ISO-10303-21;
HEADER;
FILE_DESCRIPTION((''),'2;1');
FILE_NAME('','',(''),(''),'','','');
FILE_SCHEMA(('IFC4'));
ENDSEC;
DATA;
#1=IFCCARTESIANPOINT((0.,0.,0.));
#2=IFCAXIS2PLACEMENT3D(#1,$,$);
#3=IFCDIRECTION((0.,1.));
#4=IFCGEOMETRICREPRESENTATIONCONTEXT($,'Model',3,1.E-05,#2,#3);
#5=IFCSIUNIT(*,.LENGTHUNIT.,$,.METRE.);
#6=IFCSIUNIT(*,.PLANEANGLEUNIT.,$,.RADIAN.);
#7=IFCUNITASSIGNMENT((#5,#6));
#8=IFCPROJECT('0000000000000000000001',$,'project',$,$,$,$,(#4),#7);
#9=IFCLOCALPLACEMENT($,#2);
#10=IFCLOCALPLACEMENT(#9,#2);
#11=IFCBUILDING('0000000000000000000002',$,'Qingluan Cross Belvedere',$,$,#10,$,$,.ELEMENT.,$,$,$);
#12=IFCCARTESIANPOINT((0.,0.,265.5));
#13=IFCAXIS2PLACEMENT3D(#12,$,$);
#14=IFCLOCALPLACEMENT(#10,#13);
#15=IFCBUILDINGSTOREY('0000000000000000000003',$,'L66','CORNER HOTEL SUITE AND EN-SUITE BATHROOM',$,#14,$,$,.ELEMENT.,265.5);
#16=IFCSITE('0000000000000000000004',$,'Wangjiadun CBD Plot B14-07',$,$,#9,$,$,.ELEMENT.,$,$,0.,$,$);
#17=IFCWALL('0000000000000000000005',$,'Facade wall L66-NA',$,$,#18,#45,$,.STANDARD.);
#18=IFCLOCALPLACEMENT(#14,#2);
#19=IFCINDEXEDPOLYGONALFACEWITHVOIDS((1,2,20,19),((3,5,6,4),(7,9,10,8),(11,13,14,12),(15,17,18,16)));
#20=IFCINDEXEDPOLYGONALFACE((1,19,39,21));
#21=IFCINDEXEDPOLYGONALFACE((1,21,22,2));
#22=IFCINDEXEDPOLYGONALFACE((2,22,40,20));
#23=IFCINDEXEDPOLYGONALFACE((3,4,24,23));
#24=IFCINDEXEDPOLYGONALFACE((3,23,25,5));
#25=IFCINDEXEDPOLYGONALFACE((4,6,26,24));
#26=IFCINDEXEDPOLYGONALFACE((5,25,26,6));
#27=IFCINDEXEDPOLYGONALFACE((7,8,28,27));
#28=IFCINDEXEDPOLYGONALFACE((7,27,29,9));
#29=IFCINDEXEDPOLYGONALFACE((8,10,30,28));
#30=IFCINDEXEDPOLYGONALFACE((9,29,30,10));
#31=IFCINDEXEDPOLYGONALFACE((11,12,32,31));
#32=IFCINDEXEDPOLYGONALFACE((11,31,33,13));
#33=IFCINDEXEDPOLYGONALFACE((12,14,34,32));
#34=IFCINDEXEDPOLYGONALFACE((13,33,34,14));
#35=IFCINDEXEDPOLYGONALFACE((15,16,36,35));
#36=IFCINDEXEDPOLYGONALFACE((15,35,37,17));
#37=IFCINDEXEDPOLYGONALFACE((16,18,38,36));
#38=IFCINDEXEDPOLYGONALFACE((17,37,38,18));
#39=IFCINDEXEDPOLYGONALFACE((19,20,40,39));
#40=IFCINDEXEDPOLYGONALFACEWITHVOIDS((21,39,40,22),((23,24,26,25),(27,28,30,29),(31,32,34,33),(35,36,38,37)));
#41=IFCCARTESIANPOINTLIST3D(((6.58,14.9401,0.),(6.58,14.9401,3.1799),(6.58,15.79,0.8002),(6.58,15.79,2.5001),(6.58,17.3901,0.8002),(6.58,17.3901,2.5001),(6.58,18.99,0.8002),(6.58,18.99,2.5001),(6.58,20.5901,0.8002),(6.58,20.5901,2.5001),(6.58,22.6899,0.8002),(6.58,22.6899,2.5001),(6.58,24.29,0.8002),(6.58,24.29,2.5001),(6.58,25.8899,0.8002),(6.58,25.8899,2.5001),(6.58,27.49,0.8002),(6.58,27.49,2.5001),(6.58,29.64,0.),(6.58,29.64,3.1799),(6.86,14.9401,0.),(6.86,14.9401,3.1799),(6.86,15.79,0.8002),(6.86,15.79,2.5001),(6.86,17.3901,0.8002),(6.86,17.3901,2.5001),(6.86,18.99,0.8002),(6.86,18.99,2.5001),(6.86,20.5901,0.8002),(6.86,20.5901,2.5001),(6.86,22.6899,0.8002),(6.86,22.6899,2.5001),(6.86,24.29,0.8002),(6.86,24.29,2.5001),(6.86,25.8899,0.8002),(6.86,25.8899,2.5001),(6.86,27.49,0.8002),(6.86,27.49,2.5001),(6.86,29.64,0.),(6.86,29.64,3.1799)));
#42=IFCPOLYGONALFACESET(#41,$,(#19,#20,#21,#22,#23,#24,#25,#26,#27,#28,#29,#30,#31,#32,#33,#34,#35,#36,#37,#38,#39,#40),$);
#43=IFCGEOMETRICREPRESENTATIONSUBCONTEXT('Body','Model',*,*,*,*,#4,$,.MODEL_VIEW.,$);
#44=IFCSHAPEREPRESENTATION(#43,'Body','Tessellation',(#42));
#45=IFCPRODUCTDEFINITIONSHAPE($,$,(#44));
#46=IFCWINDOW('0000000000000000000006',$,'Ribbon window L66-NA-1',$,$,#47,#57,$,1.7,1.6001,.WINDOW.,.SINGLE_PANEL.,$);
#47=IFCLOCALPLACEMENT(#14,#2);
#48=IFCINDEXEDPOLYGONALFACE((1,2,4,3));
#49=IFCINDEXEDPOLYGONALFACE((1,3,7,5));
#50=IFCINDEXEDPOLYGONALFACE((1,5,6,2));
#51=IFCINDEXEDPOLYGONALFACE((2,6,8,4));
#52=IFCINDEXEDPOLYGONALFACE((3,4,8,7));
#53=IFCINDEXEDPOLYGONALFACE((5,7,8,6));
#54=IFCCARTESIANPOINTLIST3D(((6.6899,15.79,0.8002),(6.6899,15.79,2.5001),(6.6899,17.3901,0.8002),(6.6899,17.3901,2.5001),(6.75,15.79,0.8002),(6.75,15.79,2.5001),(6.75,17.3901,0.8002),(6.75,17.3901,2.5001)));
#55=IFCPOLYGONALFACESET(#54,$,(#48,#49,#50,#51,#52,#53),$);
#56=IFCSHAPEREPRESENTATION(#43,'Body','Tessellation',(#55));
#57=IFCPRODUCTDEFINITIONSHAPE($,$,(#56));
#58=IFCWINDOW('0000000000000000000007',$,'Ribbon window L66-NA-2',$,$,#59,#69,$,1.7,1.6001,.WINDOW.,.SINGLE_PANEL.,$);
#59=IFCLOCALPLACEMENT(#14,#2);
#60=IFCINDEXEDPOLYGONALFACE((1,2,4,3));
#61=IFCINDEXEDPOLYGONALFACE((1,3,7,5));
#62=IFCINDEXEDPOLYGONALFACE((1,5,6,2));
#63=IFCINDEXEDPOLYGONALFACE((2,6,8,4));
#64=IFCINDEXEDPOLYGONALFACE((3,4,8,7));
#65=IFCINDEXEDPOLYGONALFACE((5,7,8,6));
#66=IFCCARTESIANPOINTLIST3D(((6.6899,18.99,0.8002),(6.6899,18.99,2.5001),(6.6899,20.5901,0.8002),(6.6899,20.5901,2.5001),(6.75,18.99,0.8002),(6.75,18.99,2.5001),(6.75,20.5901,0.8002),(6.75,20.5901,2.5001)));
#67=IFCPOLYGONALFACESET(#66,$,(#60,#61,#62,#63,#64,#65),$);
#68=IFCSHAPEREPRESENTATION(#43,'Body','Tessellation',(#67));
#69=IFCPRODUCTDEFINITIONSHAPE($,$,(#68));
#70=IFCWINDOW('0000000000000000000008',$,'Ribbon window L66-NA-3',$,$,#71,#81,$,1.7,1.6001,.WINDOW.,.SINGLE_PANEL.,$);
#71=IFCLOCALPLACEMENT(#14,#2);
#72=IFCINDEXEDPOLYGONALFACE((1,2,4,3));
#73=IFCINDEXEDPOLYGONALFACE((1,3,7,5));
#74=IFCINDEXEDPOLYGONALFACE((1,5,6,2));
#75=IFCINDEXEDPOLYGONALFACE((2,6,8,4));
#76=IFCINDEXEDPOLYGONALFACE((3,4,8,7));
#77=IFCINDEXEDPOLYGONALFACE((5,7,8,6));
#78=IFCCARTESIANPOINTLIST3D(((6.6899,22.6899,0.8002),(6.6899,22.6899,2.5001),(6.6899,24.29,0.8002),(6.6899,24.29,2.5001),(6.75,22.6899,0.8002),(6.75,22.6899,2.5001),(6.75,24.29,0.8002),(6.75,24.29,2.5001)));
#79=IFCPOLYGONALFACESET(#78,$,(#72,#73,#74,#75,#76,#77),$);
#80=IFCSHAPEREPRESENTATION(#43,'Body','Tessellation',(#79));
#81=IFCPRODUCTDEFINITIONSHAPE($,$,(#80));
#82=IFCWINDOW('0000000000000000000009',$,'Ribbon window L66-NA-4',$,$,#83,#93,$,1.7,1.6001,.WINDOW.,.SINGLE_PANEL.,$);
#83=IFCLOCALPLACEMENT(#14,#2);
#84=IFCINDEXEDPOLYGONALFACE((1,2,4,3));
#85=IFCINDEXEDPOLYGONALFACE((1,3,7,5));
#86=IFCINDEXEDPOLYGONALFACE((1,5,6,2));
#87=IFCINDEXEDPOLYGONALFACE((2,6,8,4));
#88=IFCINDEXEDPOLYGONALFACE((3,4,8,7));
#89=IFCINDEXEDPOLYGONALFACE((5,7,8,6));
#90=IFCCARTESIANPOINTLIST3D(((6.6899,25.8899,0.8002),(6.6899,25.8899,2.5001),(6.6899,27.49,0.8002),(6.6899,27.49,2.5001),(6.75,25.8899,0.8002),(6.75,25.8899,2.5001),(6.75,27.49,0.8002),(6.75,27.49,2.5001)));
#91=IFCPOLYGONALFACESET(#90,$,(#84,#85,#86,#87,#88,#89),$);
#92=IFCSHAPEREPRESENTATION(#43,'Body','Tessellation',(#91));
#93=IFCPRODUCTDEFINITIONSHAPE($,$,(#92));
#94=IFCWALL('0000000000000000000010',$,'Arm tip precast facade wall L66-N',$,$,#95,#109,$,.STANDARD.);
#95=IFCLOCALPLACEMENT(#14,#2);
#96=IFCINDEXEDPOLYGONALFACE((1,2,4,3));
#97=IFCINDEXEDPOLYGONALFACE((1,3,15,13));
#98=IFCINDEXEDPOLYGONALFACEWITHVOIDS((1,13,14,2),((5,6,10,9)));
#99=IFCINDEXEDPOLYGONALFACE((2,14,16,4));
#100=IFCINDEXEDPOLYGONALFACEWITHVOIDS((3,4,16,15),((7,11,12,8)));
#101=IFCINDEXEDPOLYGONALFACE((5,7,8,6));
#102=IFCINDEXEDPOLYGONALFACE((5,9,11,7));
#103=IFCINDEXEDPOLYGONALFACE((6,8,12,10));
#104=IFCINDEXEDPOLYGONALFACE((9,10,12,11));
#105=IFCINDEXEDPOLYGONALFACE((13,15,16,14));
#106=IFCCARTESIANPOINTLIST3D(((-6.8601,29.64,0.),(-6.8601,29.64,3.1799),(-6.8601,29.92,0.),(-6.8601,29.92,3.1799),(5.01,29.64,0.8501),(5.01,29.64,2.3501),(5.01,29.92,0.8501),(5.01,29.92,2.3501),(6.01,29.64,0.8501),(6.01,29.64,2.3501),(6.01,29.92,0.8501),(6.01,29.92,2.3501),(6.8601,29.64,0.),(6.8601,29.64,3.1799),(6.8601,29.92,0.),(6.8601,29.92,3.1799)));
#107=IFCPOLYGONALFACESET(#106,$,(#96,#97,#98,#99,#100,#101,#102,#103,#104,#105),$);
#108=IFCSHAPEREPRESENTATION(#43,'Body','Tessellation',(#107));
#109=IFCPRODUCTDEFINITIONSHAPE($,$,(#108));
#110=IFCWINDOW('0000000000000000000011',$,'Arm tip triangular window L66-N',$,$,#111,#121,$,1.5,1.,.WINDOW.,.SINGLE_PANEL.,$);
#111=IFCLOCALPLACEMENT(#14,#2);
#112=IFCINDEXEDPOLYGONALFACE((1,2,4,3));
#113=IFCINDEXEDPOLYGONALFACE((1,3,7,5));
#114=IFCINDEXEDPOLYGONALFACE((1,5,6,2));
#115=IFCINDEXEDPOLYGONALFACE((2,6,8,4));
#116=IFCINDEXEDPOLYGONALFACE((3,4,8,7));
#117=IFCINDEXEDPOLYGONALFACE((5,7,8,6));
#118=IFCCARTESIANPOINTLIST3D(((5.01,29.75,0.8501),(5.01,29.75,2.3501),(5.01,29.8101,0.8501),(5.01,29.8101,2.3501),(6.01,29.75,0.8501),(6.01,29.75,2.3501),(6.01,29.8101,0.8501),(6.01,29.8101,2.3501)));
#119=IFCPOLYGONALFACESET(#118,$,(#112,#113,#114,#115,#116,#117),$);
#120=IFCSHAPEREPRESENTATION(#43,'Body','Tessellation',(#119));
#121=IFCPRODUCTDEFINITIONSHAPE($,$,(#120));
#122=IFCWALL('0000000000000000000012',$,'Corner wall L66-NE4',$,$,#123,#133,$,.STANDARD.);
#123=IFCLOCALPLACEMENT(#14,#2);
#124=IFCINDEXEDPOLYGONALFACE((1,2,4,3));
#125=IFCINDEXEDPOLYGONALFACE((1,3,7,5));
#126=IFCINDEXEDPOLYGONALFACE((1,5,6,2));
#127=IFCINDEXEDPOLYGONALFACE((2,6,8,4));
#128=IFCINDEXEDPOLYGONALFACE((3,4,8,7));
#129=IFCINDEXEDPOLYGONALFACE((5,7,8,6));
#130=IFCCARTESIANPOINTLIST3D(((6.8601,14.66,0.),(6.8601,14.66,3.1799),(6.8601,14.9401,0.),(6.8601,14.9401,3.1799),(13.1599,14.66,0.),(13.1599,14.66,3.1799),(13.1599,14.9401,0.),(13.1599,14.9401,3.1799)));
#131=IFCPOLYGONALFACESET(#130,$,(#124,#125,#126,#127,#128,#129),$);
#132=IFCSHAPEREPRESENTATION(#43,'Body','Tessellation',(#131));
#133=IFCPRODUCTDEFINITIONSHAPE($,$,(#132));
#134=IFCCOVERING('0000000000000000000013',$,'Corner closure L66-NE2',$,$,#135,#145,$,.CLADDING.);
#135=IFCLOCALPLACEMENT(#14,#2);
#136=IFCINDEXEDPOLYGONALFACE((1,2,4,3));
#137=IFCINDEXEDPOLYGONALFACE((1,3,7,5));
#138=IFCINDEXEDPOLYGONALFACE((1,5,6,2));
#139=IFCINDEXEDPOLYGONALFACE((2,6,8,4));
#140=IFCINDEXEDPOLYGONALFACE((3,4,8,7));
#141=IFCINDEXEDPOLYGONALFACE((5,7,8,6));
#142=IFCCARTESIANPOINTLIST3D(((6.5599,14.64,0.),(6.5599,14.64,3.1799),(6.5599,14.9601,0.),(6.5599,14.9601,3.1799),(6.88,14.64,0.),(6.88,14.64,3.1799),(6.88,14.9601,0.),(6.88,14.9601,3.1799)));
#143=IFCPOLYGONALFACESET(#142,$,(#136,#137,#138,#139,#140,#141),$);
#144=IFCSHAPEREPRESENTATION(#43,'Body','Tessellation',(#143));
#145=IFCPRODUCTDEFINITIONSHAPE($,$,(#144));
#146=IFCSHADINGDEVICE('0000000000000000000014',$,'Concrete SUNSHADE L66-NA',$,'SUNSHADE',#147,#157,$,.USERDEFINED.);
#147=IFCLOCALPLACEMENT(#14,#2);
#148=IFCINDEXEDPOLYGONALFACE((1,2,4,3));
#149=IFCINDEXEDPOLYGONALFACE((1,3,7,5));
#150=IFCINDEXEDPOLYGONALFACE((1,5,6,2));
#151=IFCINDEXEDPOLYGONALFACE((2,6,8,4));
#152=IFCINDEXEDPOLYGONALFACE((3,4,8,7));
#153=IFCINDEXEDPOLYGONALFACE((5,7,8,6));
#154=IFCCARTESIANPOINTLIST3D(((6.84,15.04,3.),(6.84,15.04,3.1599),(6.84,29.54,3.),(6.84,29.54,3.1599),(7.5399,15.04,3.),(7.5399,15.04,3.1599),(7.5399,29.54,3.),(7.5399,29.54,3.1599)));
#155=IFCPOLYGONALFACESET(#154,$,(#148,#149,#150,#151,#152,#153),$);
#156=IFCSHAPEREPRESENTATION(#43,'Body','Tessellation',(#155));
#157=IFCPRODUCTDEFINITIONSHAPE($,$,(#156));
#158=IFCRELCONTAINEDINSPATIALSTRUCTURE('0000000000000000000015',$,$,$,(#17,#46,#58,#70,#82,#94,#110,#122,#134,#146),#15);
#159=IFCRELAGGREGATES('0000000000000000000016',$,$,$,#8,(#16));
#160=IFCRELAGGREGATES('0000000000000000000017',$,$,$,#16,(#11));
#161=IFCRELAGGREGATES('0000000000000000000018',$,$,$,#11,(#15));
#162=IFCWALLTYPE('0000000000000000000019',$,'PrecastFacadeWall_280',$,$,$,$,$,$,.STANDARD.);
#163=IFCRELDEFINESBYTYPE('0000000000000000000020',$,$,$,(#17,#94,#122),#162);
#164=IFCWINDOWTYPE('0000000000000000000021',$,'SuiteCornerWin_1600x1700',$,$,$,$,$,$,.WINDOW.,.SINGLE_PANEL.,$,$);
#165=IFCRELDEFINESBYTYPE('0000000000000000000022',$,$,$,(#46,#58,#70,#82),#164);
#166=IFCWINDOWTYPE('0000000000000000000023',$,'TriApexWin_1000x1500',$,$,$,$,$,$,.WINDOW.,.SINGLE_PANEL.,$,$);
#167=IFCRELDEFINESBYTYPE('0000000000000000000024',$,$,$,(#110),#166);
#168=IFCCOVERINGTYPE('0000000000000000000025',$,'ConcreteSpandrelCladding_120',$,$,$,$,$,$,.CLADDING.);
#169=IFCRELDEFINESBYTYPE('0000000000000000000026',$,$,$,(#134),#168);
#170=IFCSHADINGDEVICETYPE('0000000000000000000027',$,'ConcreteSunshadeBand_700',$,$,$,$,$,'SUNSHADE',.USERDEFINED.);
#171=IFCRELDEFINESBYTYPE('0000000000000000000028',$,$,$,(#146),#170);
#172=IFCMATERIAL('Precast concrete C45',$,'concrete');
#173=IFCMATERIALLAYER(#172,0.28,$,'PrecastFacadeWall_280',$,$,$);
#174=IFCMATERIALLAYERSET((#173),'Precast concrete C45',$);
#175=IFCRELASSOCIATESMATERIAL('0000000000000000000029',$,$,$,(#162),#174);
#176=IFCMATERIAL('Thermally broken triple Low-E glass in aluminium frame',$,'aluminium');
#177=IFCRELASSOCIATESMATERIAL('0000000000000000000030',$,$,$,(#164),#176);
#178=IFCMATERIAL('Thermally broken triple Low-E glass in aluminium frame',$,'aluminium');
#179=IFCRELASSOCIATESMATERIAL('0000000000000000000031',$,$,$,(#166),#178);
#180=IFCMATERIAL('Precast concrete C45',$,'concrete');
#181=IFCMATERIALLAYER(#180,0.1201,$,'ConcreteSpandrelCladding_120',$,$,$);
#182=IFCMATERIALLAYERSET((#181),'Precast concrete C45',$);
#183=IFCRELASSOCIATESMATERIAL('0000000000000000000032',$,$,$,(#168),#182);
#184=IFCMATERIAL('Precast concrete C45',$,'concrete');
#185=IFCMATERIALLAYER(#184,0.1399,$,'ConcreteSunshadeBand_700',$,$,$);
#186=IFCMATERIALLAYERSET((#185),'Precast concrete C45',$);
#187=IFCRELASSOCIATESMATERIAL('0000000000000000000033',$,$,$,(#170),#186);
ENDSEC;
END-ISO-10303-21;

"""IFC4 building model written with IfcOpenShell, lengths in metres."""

from ifc_helpers import new_model, si_unit, direction, frame, frame_2d, origin, origin_2d, place, context, subcontext, project, spatial, rectangle, extrude, material, layer, layer_set, type_object, element, fill, save


model = new_model("IFC4")

# Units and contexts
model_context = context("Model", 3, precision=1e-05, world=origin(), true_north=direction((0.0, 1.0)))
body_context = subcontext(model_context, "Body", "Model", "MODEL_VIEW")
ifc_project = project(units=[si_unit("LENGTHUNIT", "METRE"), si_unit("PLANEANGLEUNIT", "RADIAN")], contexts=[model_context])

# Site, building, storey
site_placement = place(None, origin())
site = spatial("IfcSite", under=ifc_project, at=site_placement, Name="Wangjiadun CBD Plot B14-07", CompositionType="ELEMENT", RefElevation=0.0)
building_placement = place(site_placement, origin())
building = spatial("IfcBuilding", under=site, at=building_placement, Name="Qingluan Cross Belvedere", CompositionType="ELEMENT")
storey_placement = place(building_placement, frame((0.0, 0.0, 265.5)))
storey = spatial("IfcBuildingStorey", under=building, at=storey_placement, Name="L66", Description="CORNER HOTEL SUITE AND EN-SUITE BATHROOM", CompositionType="ELEMENT", Elevation=265.5)

# Wall, openings, windows
ifc_material_1 = material(Name="Precast concrete C45", Category="concrete")
ifc_layer_1 = layer(ifc_material_1, 0.28, Name="PrecastFacadeWall_280")
ifc_layer_set_1 = layer_set([ifc_layer_1], Name="Precast concrete C45")
wall_type_1 = type_object("IfcWallType", Name="PrecastFacadeWall_280", PredefinedType="STANDARD", material=ifc_layer_set_1)
wall_1_placement = place(storey_placement, frame((6.72, 14.9399, 0.0), z_axis=(0.0, 0.0, 1.0), x_axis=(0.0, 1.0, 0.0)))
wall_1 = element("IfcWall", 1, at=wall_1_placement, inside=storey, type_object=wall_type_1, Name="Facade wall L66-NA", PredefinedType="STANDARD", context=body_context, shape_type="SweptSolid", body=[
    extrude(rectangle(XDim=14.7, YDim=0.28, at=frame_2d((7.3501, 0.0))), origin(), (0.0, 0.0, 1.0), 3.1799),
])
opening_1_placement = place(wall_1_placement, frame((0.8501, 0.0, 0.8)))
opening_1 = element("IfcOpeningElement", 2, at=opening_1_placement, cuts=wall_1, PredefinedType="OPENING", context=body_context, shape_type="SweptSolid", body=[
    extrude(rectangle(XDim=1.6001, YDim=1.7, at=frame_2d((0.8, 0.8501))), frame((0.0, 0.1499, 0.0), z_axis=(0.0, -1.0, 0.0), x_axis=(1.0, 0.0, 0.0)), (0.0, 0.0, 1.0), 0.3),
])
opening_2_placement = place(wall_1_placement, frame((4.05, 0.0, 0.8)))
opening_2 = element("IfcOpeningElement", 3, at=opening_2_placement, cuts=wall_1, PredefinedType="OPENING", context=body_context, shape_type="SweptSolid", body=[
    extrude(rectangle(XDim=1.6001, YDim=1.7, at=frame_2d((0.8, 0.8501))), frame((0.0, 0.1499, 0.0), z_axis=(0.0, -1.0, 0.0), x_axis=(1.0, 0.0, 0.0)), (0.0, 0.0, 1.0), 0.3),
])
opening_3_placement = place(wall_1_placement, frame((7.75, 0.0, 0.8)))
opening_3 = element("IfcOpeningElement", 4, at=opening_3_placement, cuts=wall_1, PredefinedType="OPENING", context=body_context, shape_type="SweptSolid", body=[
    extrude(rectangle(XDim=1.6001, YDim=1.7, at=frame_2d((0.8, 0.8501))), frame((0.0, 0.1499, 0.0), z_axis=(0.0, -1.0, 0.0), x_axis=(1.0, 0.0, 0.0)), (0.0, 0.0, 1.0), 0.3),
])
opening_4_placement = place(wall_1_placement, frame((10.95, 0.0, 0.8)))
opening_4 = element("IfcOpeningElement", 5, at=opening_4_placement, cuts=wall_1, PredefinedType="OPENING", context=body_context, shape_type="SweptSolid", body=[
    extrude(rectangle(XDim=1.6001, YDim=1.7, at=frame_2d((0.8, 0.8501))), frame((0.0, 0.1499, 0.0), z_axis=(0.0, -1.0, 0.0), x_axis=(1.0, 0.0, 0.0)), (0.0, 0.0, 1.0), 0.3),
])
ifc_material_2 = material(Name="Thermally broken triple Low-E glass in aluminium frame", Category="aluminium")
window_type_1 = type_object("IfcWindowType", Name="SuiteCornerWin_1600x1700", PartitioningType="SINGLE_PANEL", PredefinedType="WINDOW", material=ifc_material_2)
window_1_placement = place(opening_1_placement, origin())
window_1 = element("IfcWindow", 6, at=window_1_placement, inside=storey, type_object=window_type_1, Name="Ribbon window L66-NA-1", OverallHeight=1.7, OverallWidth=1.6001, PartitioningType="SINGLE_PANEL", PredefinedType="WINDOW", context=body_context, shape_type="SweptSolid", body=[
    extrude(rectangle(XDim=1.6001, YDim=1.7, at=frame_2d((0.8, 0.8501))), frame((0.0, 0.03, 0.0), z_axis=(0.0, -1.0, 0.0), x_axis=(1.0, 0.0, 0.0)), (0.0, 0.0, 1.0), 0.0601),
])
fill(opening_1, window_1)
window_2_placement = place(opening_2_placement, origin())
window_2 = element("IfcWindow", 7, at=window_2_placement, inside=storey, type_object=window_type_1, Name="Ribbon window L66-NA-2", OverallHeight=1.7, OverallWidth=1.6001, PartitioningType="SINGLE_PANEL", PredefinedType="WINDOW", context=body_context, shape_type="SweptSolid", body=[
    extrude(rectangle(XDim=1.6001, YDim=1.7, at=frame_2d((0.8, 0.8501))), frame((0.0, 0.03, 0.0), z_axis=(0.0, -1.0, 0.0), x_axis=(1.0, 0.0, 0.0)), (0.0, 0.0, 1.0), 0.0601),
])
fill(opening_2, window_2)
window_3_placement = place(opening_3_placement, origin())
window_3 = element("IfcWindow", 8, at=window_3_placement, inside=storey, type_object=window_type_1, Name="Ribbon window L66-NA-3", OverallHeight=1.7, OverallWidth=1.6001, PartitioningType="SINGLE_PANEL", PredefinedType="WINDOW", context=body_context, shape_type="SweptSolid", body=[
    extrude(rectangle(XDim=1.6001, YDim=1.7, at=frame_2d((0.8, 0.8501))), frame((0.0, 0.03, 0.0), z_axis=(0.0, -1.0, 0.0), x_axis=(1.0, 0.0, 0.0)), (0.0, 0.0, 1.0), 0.0601),
])
fill(opening_3, window_3)
window_4_placement = place(opening_4_placement, origin())
window_4 = element("IfcWindow", 9, at=window_4_placement, inside=storey, type_object=window_type_1, Name="Ribbon window L66-NA-4", OverallHeight=1.7, OverallWidth=1.6001, PartitioningType="SINGLE_PANEL", PredefinedType="WINDOW", context=body_context, shape_type="SweptSolid", body=[
    extrude(rectangle(XDim=1.6001, YDim=1.7, at=frame_2d((0.8, 0.8501))), frame((0.0, 0.03, 0.0), z_axis=(0.0, -1.0, 0.0), x_axis=(1.0, 0.0, 0.0)), (0.0, 0.0, 1.0), 0.0601),
])
fill(opening_4, window_4)

# Wall, opening, window
wall_2_placement = place(storey_placement, frame((6.8601, 29.78, 0.0), z_axis=(0.0, 0.0, 1.0), x_axis=(-1.0, 0.0, 0.0)))
wall_2 = element("IfcWall", 10, at=wall_2_placement, inside=storey, type_object=wall_type_1, Name="Arm tip precast facade wall L66-N", PredefinedType="STANDARD", context=body_context, shape_type="SweptSolid", body=[
    extrude(rectangle(XDim=13.7202, YDim=0.28, at=frame_2d((6.8601, 0.0))), origin(), (0.0, 0.0, 1.0), 3.1799),
])
opening_5_placement = place(wall_2_placement, frame((0.8501, 0.0, 0.8501)))
opening_5 = element("IfcOpeningElement", 11, at=opening_5_placement, cuts=wall_2, PredefinedType="OPENING", context=body_context, shape_type="SweptSolid", body=[
    extrude(rectangle(XDim=1.0, YDim=1.5, at=frame_2d((0.5, 0.75))), frame((0.0, 0.1499, 0.0), z_axis=(0.0, -1.0, 0.0), x_axis=(1.0, 0.0, 0.0)), (0.0, 0.0, 1.0), 0.3),
])
ifc_material_3 = material(Name="Thermally broken triple Low-E glass in aluminium frame", Category="aluminium")
window_type_2 = type_object("IfcWindowType", Name="TriApexWin_1000x1500", PartitioningType="SINGLE_PANEL", PredefinedType="WINDOW", material=ifc_material_3)
window_5_placement = place(opening_5_placement, origin())
window_5 = element("IfcWindow", 12, at=window_5_placement, inside=storey, type_object=window_type_2, Name="Arm tip triangular window L66-N", OverallHeight=1.5, OverallWidth=1.0, PartitioningType="SINGLE_PANEL", PredefinedType="WINDOW", context=body_context, shape_type="SweptSolid", body=[
    extrude(rectangle(XDim=1.0, YDim=1.5, at=frame_2d((0.5, 0.75))), frame((0.0, 0.03, 0.0), z_axis=(0.0, -1.0, 0.0), x_axis=(1.0, 0.0, 0.0)), (0.0, 0.0, 1.0), 0.0601),
])
fill(opening_5, window_5)

# Wall
wall_3_placement = place(storey_placement, frame((13.1599, 14.8, 0.0), z_axis=(0.0, 0.0, 1.0), x_axis=(-1.0, 0.0, 0.0)))
element("IfcWall", 13, at=wall_3_placement, inside=storey, type_object=wall_type_1, Name="Corner wall L66-NE4", PredefinedType="STANDARD", context=body_context, shape_type="SweptSolid", body=[
    extrude(rectangle(XDim=6.2998, YDim=0.28, at=frame_2d((3.1499, 0.0))), origin(), (0.0, 0.0, 1.0), 3.1799),
])

# Covering
ifc_material_4 = material(Name="Precast concrete C45", Category="concrete")
ifc_layer_2 = layer(ifc_material_4, 0.1201, Name="ConcreteSpandrelCladding_120")
ifc_layer_set_2 = layer_set([ifc_layer_2], Name="Precast concrete C45")
covering_type = type_object("IfcCoveringType", Name="ConcreteSpandrelCladding_120", PredefinedType="CLADDING", material=ifc_layer_set_2)
covering_placement = place(storey_placement, frame((6.72, 14.8, 0.0), z_axis=(0.0, 0.0, 1.0), x_axis=(1.0, 0.0, 0.0)))
element("IfcCovering", 14, at=covering_placement, inside=storey, type_object=covering_type, Name="Corner closure L66-NE2", PredefinedType="CLADDING", context=body_context, shape_type="SweptSolid", body=[
    extrude(rectangle(XDim=0.3201, YDim=0.3201, at=origin_2d()), origin(), (0.0, 0.0, 1.0), 3.1799),
])

# Shading device
ifc_material_5 = material(Name="Precast concrete C45", Category="concrete")
ifc_layer_3 = layer(ifc_material_5, 0.1399, Name="ConcreteSunshadeBand_700")
ifc_layer_set_3 = layer_set([ifc_layer_3], Name="Precast concrete C45")
shading_device_type = type_object("IfcShadingDeviceType", Name="ConcreteSunshadeBand_700", ElementType="SUNSHADE", PredefinedType="USERDEFINED", material=ifc_layer_set_3)
shading_device_placement = place(storey_placement, frame((7.1899, 22.29, 3.0), z_axis=(0.0, 0.0, 1.0), x_axis=(0.0, 1.0, 0.0)))
element("IfcShadingDevice", 15, at=shading_device_placement, inside=storey, type_object=shading_device_type, Name="Concrete SUNSHADE L66-NA", ObjectType="SUNSHADE", PredefinedType="USERDEFINED", context=body_context, shape_type="SweptSolid", body=[
    extrude(rectangle(XDim=14.5, YDim=0.7, at=origin_2d()), origin(), (0.0, 0.0, 1.0), 0.1599),
])

save(model, "model.ifc")
